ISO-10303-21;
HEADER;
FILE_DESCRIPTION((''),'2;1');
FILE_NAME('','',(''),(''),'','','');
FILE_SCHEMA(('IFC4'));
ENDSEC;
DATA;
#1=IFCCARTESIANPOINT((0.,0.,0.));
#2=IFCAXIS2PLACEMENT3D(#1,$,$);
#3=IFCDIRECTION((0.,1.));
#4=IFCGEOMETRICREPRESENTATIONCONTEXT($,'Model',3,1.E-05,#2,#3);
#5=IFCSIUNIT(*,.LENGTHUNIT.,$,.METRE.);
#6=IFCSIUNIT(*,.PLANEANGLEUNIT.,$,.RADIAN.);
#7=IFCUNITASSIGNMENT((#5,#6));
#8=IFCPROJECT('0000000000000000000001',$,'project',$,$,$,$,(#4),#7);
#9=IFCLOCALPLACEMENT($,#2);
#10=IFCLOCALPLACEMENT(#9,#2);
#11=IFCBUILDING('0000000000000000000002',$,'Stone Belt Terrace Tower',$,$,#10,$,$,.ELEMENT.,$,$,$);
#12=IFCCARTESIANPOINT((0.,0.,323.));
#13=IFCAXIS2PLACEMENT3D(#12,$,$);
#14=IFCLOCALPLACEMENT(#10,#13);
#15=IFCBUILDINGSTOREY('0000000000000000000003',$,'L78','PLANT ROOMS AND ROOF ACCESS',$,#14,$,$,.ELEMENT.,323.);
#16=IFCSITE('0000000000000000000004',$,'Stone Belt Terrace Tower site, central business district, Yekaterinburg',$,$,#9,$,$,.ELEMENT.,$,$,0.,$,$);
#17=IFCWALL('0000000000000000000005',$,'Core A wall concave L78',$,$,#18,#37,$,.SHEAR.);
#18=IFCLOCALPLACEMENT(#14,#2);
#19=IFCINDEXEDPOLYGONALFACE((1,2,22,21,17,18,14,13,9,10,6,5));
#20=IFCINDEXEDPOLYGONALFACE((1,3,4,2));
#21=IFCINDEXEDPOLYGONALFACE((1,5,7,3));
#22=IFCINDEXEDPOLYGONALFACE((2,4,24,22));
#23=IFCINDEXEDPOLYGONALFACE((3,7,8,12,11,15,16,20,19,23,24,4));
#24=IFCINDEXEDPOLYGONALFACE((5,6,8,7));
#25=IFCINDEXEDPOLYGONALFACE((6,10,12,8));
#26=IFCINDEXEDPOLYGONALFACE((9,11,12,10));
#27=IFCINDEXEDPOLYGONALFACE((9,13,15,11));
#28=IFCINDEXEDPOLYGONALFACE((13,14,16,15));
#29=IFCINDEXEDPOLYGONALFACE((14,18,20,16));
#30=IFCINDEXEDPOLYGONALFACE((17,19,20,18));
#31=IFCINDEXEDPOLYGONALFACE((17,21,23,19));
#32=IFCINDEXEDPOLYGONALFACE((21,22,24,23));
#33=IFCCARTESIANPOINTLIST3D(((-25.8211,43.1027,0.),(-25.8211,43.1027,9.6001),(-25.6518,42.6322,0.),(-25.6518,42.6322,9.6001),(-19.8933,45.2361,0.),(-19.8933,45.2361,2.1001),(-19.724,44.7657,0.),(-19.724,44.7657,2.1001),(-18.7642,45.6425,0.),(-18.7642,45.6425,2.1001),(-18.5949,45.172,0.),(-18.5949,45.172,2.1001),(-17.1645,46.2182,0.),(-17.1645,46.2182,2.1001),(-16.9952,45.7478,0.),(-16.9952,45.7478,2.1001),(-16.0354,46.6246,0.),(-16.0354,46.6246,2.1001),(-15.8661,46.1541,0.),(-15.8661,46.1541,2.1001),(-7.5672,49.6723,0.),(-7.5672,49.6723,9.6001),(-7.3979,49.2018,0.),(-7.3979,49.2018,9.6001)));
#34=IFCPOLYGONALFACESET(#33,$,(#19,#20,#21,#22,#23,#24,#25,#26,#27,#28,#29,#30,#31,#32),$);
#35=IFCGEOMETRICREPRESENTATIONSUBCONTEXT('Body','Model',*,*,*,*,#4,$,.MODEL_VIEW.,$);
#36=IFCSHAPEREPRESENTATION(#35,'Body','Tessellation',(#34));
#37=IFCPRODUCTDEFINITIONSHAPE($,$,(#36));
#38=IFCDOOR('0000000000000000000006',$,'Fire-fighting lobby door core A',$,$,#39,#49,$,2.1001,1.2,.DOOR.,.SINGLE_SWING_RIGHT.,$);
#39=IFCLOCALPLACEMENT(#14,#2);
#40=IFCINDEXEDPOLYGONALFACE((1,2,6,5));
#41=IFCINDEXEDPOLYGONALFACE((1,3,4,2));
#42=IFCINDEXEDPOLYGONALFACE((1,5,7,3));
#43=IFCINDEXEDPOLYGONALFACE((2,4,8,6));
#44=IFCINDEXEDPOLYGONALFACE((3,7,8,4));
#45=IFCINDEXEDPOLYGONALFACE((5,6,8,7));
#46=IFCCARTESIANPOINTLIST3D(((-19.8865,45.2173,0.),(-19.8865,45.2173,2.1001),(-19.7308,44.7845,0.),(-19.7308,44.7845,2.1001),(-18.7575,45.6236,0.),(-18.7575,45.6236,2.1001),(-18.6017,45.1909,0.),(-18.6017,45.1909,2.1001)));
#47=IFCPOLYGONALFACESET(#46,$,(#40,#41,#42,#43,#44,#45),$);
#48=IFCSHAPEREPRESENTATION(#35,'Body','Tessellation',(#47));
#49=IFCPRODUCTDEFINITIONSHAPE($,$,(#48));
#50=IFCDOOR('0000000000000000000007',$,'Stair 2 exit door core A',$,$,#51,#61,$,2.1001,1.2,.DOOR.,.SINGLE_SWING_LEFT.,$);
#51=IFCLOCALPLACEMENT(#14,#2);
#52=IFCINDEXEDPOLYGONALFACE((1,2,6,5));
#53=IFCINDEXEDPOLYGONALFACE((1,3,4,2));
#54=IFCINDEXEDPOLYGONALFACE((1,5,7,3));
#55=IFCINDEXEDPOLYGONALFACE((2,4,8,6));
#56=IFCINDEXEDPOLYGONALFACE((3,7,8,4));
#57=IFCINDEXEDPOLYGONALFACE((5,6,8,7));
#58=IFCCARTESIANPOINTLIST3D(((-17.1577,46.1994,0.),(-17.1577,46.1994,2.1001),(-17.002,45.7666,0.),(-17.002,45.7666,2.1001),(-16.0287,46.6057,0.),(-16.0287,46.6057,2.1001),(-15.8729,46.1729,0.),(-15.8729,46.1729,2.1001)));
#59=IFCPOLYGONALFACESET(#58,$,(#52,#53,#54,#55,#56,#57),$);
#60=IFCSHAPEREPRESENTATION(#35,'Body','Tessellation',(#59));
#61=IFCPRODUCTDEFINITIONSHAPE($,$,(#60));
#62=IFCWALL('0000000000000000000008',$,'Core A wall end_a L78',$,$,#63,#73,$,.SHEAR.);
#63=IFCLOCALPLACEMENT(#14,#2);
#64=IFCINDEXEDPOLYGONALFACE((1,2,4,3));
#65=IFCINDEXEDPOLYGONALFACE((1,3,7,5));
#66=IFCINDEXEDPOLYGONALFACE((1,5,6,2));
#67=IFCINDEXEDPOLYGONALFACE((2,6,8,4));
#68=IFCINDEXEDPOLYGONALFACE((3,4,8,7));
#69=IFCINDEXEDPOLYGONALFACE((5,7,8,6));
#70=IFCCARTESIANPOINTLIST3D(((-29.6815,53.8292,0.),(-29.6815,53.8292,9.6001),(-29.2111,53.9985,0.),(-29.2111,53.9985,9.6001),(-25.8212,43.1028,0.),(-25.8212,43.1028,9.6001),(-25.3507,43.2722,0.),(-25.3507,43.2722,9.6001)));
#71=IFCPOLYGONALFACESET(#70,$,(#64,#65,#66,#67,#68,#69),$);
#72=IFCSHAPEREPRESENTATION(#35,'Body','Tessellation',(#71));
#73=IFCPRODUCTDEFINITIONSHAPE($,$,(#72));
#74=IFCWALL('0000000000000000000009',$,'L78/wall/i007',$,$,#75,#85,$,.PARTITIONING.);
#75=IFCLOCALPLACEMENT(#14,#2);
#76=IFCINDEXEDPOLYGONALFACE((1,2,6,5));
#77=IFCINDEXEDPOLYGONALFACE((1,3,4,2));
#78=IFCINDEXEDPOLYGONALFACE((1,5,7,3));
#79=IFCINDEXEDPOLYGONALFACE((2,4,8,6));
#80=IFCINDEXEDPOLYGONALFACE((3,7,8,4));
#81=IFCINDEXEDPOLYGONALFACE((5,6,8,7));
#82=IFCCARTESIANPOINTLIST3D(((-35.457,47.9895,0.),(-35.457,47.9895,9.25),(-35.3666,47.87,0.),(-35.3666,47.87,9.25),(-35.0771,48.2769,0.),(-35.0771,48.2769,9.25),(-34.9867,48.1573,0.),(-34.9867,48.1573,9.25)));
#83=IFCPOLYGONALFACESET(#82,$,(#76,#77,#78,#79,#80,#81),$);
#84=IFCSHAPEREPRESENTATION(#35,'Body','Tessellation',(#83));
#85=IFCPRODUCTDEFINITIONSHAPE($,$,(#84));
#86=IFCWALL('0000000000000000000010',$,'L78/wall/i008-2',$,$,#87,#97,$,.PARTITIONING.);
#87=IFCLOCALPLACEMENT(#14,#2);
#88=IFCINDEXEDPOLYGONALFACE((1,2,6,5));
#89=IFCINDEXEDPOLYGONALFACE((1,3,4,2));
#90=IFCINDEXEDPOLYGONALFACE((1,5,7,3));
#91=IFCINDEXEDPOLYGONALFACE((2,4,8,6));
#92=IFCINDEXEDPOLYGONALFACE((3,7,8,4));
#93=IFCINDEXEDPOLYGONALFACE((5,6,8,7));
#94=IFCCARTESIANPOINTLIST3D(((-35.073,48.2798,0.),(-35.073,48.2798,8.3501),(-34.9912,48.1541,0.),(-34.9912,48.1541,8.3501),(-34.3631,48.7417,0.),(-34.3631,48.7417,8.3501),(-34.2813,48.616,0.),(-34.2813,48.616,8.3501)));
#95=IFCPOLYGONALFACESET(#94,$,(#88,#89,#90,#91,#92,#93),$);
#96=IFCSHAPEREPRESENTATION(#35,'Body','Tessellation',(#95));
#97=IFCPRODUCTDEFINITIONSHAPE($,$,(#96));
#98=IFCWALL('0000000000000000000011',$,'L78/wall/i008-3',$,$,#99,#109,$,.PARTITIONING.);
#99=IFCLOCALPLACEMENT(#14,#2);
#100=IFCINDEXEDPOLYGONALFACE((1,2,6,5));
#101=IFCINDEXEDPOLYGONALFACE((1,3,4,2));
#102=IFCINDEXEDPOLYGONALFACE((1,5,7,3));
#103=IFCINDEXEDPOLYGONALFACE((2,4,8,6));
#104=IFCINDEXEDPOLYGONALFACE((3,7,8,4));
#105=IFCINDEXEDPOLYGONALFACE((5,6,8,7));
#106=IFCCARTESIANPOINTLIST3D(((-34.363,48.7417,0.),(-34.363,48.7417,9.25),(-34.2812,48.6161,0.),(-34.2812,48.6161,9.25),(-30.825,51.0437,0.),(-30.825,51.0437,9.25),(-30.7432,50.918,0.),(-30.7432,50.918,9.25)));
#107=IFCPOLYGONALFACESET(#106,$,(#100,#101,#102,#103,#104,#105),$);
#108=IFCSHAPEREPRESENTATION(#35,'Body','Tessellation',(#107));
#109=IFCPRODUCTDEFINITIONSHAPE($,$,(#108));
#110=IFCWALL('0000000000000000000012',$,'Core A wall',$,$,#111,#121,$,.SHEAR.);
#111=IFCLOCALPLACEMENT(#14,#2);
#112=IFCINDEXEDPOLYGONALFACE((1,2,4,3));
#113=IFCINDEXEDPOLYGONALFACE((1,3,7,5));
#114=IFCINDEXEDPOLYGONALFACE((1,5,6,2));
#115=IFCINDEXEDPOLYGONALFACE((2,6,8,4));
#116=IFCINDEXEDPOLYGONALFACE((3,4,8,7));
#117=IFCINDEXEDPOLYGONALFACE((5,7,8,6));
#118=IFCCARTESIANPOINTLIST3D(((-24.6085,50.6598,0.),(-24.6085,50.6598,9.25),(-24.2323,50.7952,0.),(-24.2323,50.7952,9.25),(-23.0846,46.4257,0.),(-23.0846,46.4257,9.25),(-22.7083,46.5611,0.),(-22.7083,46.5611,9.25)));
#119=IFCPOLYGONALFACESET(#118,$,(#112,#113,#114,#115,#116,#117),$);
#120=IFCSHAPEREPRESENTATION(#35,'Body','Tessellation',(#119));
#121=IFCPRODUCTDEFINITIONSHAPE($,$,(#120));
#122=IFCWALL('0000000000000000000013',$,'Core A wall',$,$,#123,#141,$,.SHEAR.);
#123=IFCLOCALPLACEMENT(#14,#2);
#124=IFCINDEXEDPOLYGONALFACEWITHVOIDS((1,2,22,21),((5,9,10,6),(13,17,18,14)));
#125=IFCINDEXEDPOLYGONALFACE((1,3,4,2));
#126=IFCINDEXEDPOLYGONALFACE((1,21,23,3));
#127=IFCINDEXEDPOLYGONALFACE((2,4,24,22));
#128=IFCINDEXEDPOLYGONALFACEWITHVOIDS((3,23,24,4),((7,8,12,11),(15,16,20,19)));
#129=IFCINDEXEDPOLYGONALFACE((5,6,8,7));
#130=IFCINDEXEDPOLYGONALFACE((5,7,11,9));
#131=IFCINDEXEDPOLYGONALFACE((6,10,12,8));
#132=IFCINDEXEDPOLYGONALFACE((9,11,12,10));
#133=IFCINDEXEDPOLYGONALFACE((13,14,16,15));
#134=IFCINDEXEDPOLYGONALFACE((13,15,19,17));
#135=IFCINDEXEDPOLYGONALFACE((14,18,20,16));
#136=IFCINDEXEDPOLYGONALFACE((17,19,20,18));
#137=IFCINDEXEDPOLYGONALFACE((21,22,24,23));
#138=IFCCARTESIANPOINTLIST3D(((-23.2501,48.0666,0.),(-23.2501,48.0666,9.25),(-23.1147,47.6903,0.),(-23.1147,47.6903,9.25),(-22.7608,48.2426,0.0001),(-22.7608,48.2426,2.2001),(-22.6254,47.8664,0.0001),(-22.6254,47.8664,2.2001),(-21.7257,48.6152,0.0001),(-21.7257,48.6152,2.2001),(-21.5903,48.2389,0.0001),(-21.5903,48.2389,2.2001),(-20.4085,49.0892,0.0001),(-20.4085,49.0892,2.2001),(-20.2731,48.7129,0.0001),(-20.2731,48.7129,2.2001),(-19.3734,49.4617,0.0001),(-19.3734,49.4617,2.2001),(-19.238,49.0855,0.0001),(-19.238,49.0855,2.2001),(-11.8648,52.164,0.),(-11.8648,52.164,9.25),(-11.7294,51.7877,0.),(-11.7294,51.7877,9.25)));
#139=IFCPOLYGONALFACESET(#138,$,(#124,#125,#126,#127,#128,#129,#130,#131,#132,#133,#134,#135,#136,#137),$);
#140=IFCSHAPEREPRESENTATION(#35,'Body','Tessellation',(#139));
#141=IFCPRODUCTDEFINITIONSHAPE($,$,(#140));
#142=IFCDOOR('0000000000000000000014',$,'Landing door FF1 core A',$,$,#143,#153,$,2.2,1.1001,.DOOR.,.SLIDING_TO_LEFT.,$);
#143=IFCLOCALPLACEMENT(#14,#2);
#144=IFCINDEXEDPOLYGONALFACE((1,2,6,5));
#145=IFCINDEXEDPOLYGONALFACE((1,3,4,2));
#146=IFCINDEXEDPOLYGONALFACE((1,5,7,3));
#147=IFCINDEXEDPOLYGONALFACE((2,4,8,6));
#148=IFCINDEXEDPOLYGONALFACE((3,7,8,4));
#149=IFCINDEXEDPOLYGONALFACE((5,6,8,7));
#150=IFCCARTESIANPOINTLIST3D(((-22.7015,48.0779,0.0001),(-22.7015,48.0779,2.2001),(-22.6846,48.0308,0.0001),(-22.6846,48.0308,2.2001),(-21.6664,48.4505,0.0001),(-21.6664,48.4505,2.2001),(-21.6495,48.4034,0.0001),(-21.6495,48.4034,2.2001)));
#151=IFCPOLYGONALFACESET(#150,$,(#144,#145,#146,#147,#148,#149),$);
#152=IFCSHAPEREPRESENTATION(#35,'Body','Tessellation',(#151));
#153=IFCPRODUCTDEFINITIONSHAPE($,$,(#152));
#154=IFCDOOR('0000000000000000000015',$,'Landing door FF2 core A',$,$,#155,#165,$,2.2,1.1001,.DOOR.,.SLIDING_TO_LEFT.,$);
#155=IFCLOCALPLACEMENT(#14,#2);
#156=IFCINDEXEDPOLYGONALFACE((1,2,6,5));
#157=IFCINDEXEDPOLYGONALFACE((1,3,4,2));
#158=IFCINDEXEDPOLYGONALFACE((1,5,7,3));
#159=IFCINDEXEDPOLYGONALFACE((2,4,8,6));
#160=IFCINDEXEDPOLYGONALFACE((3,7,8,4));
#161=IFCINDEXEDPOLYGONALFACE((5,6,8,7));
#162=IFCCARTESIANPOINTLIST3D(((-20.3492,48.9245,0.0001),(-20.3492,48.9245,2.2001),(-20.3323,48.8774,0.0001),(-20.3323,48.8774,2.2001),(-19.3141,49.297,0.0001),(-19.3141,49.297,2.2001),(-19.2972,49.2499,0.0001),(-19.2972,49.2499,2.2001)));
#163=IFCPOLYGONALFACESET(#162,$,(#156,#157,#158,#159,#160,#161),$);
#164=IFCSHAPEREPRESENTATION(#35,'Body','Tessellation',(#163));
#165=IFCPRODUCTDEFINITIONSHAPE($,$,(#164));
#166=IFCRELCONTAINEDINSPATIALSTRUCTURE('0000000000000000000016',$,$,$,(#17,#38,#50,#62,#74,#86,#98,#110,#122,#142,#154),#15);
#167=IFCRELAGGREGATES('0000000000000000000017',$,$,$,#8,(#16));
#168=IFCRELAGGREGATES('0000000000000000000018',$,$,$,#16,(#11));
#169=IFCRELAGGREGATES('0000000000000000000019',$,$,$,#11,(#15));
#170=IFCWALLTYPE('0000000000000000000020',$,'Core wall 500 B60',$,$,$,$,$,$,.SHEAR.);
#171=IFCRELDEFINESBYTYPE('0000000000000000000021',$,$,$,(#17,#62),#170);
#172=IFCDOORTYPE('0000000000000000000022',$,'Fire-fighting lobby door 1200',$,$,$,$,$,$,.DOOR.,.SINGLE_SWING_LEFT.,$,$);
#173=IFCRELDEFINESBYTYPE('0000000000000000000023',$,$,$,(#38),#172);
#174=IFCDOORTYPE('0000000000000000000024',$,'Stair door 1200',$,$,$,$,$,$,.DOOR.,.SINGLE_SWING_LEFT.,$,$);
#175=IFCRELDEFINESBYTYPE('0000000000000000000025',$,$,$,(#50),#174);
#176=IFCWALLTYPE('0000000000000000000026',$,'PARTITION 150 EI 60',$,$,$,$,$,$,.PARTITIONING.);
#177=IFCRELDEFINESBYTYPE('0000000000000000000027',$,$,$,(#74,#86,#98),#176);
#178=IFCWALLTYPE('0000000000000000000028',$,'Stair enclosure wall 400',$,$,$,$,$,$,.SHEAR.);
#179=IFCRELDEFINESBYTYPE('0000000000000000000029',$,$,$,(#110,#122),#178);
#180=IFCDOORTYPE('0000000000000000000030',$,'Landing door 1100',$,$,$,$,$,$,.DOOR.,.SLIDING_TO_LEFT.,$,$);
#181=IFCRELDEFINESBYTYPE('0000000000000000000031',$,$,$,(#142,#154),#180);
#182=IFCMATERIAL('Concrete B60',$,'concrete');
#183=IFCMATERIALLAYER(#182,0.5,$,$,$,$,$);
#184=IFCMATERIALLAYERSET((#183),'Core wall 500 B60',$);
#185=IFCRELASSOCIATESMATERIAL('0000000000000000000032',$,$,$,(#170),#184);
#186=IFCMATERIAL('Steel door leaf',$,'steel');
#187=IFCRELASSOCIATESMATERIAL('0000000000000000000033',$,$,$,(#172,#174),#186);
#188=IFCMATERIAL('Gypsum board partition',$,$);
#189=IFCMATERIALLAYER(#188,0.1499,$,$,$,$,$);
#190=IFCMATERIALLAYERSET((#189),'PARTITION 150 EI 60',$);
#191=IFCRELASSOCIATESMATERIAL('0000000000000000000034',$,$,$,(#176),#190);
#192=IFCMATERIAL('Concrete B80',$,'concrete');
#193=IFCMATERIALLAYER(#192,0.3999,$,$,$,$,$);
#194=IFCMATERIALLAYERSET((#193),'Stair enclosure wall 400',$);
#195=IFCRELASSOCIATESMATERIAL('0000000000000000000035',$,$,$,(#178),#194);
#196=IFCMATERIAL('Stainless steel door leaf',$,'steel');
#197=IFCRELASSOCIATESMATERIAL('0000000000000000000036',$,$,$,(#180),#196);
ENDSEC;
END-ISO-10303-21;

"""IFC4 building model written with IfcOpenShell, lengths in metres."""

from ifc_helpers import new_model, si_unit, direction, frame, frame_2d, origin, place, context, subcontext, project, spatial, rectangle, extrude, material, layer, layer_set, type_object, element, fill, save


model = new_model("IFC4")

# Units and contexts
model_context = context("Model", 3, precision=1e-05, world=origin(), true_north=direction((0.0, 1.0)))
body_context = subcontext(model_context, "Body", "Model", "MODEL_VIEW")
ifc_project = project(units=[si_unit("LENGTHUNIT", "METRE"), si_unit("PLANEANGLEUNIT", "RADIAN")], contexts=[model_context])

# Site, building, storey
site_placement = place(None, origin())
site = spatial("IfcSite", under=ifc_project, at=site_placement, Name="Stone Belt Terrace Tower site, central business district, Yekaterinburg", CompositionType="ELEMENT", RefElevation=0.0)
building_placement = place(site_placement, origin())
building = spatial("IfcBuilding", under=site, at=building_placement, Name="Stone Belt Terrace Tower", CompositionType="ELEMENT")
storey_placement = place(building_placement, frame((0.0, 0.0, 323.0)))
storey = spatial("IfcBuildingStorey", under=building, at=storey_placement, Name="L78", Description="PLANT ROOMS AND ROOF ACCESS", CompositionType="ELEMENT", Elevation=323.0)

# Shared definitions
ifc_material_1 = material(Name="Concrete B60", Category="concrete")

# Shared definitions
ifc_material_2 = material(Name="Concrete B80", Category="concrete")

# Wall, openings, doors
ifc_layer_1 = layer(ifc_material_1, 0.5)
ifc_layer_set_1 = layer_set([ifc_layer_1], Name="Core wall 500 B60")
wall_type_1 = type_object("IfcWallType", Name="Core wall 500 B60", PredefinedType="SHEAR", material=ifc_layer_set_1)
wall_1_placement = place(storey_placement, frame((-25.7366, 42.8674, 0.0), z_axis=(0.0, 0.0, 1.0), x_axis=(0.940917, 0.338636, 0.0)))
wall_1 = element("IfcWall", 1, at=wall_1_placement, inside=storey, type_object=wall_type_1, Name="Core A wall concave L78", PredefinedType="SHEAR", context=body_context, shape_type="SweptSolid", body=[
    extrude(rectangle(XDim=19.4001, YDim=0.5, at=frame_2d((9.7002, 0.0))), origin(), (0.0, 0.0, 1.0), 9.6001),
])
opening_1_placement = place(wall_1_placement, frame((6.3, 0.0, 0.0)))
opening_1 = element("IfcOpeningElement", 2, at=opening_1_placement, cuts=wall_1, PredefinedType="OPENING", context=body_context, shape_type="SweptSolid", body=[
    extrude(rectangle(XDim=1.2, YDim=2.1001, at=frame_2d((0.6001, 1.05))), frame((0.0, 0.26, 0.0), z_axis=(0.0, -1.0, 0.0), x_axis=(1.0, 0.0, 0.0)), (0.0, 0.0, 1.0), 0.52),
])
opening_2_placement = place(wall_1_placement, frame((9.2002, 0.0, 0.0)))
opening_2 = element("IfcOpeningElement", 3, at=opening_2_placement, cuts=wall_1, PredefinedType="OPENING", context=body_context, shape_type="SweptSolid", body=[
    extrude(rectangle(XDim=1.2, YDim=2.1001, at=frame_2d((0.6001, 1.05))), frame((0.0, 0.26, 0.0), z_axis=(0.0, -1.0, 0.0), x_axis=(1.0, 0.0, 0.0)), (0.0, 0.0, 1.0), 0.52),
])
ifc_material_3 = material(Name="Steel door leaf", Category="steel")
door_type_1 = type_object("IfcDoorType", Name="Fire-fighting lobby door 1200", OperationType="SINGLE_SWING_LEFT", PredefinedType="DOOR", material=ifc_material_3)
door_1_placement = place(opening_1_placement, origin())
door_1 = element("IfcDoor", 4, at=door_1_placement, inside=storey, type_object=door_type_1, Name="Fire-fighting lobby door core A", OperationType="SINGLE_SWING_RIGHT", OverallHeight=2.1001, OverallWidth=1.2, PredefinedType="DOOR", context=body_context, shape_type="SweptSolid", body=[
    extrude(rectangle(XDim=1.2, YDim=2.1001, at=frame_2d((0.6001, 1.05))), frame((0.0, 0.23, 0.0), z_axis=(0.0, -1.0, 0.0), x_axis=(1.0, 0.0, 0.0)), (0.0, 0.0, 1.0), 0.46),
])
fill(opening_1, door_1)
door_type_2 = type_object("IfcDoorType", Name="Stair door 1200", OperationType="SINGLE_SWING_LEFT", PredefinedType="DOOR", material=ifc_material_3)
door_2_placement = place(opening_2_placement, origin())
door_2 = element("IfcDoor", 5, at=door_2_placement, inside=storey, type_object=door_type_2, Name="Stair 2 exit door core A", OperationType="SINGLE_SWING_LEFT", OverallHeight=2.1001, OverallWidth=1.2, PredefinedType="DOOR", context=body_context, shape_type="SweptSolid", body=[
    extrude(rectangle(XDim=1.2, YDim=2.1001, at=frame_2d((0.6001, 1.05))), frame((0.0, 0.23, 0.0), z_axis=(0.0, -1.0, 0.0), x_axis=(1.0, 0.0, 0.0)), (0.0, 0.0, 1.0), 0.46),
])
fill(opening_2, door_2)

# Walls
wall_2_placement = place(storey_placement, frame((-25.5859, 43.1875, 0.0), z_axis=(0.0, 0.0, 1.0), x_axis=(-0.338632, 0.940919, 0.0)))
element("IfcWall", 6, at=wall_2_placement, inside=storey, type_object=wall_type_1, Name="Core A wall end_a L78", PredefinedType="SHEAR", context=body_context, shape_type="SweptSolid", body=[
    extrude(rectangle(XDim=11.3999, YDim=0.5, at=frame_2d((5.7, 0.0))), origin(), (0.0, 0.0, 1.0), 9.6001),
])
ifc_material_4 = material(Name="Gypsum board partition")
ifc_layer_2 = layer(ifc_material_4, 0.1499)
ifc_layer_set_2 = layer_set([ifc_layer_2], Name="PARTITION 150 EI 60")
wall_type_2 = type_object("IfcWallType", Name="PARTITION 150 EI 60", PredefinedType="PARTITIONING", material=ifc_layer_set_2)
wall_3_placement = place(storey_placement, frame((-35.4119, 47.9297, 0.0), z_axis=(0.0, 0.0, 1.0), x_axis=(0.797533, 0.603275, 0.0)))
element("IfcWall", 7, at=wall_3_placement, inside=storey, type_object=wall_type_2, Name="L78/wall/i007", PredefinedType="PARTITIONING", context=body_context, shape_type="SweptSolid", body=[
    extrude(rectangle(XDim=0.4763, YDim=0.1499, at=frame_2d((0.2383, 0.0))), origin(), (0.0, 0.0, 1.0), 9.25),
])
wall_4_placement = place(storey_placement, frame((-35.032, 48.217, 0.0), z_axis=(0.0, 0.0, 1.0), x_axis=(0.838206, 0.545353, 0.0)))
element("IfcWall", 8, at=wall_4_placement, inside=storey, type_object=wall_type_2, Name="L78/wall/i008-2", PredefinedType="PARTITIONING", context=body_context, shape_type="SweptSolid", body=[
    extrude(rectangle(XDim=0.8469, YDim=0.1499, at=frame_2d((0.4233, 0.0))), origin(), (0.0, 0.0, 1.0), 8.3501),
])
wall_5_placement = place(storey_placement, frame((-34.322, 48.679, 0.0), z_axis=(0.0, 0.0, 1.0), x_axis=(0.8382, 0.545362, 0.0)))
element("IfcWall", 9, at=wall_5_placement, inside=storey, type_object=wall_type_2, Name="L78/wall/i008-3", PredefinedType="PARTITIONING", context=body_context, shape_type="SweptSolid", body=[
    extrude(rectangle(XDim=4.2209, YDim=0.1499, at=frame_2d((2.1104, 0.0))), origin(), (0.0, 0.0, 1.0), 9.25),
])
ifc_layer_3 = layer(ifc_material_2, 0.3999)
ifc_layer_set_3 = layer_set([ifc_layer_3], Name="Stair enclosure wall 400")
wall_type_3 = type_object("IfcWallType", Name="Stair enclosure wall 400", PredefinedType="SHEAR", material=ifc_layer_set_3)
wall_6_placement = place(storey_placement, frame((-22.8965, 46.4934, 0.0), z_axis=(0.0, 0.0, 1.0), x_axis=(-0.338648, 0.940913, 0.0)))
element("IfcWall", 10, at=wall_6_placement, inside=storey, type_object=wall_type_3, Name="Core A wall", PredefinedType="SHEAR", context=body_context, shape_type="SweptSolid", body=[
    extrude(rectangle(XDim=4.5, YDim=0.3999, at=frame_2d((2.25, 0.0))), origin(), (0.0, 0.0, 1.0), 9.25),
])

# Wall, openings, doors
wall_7_placement = place(storey_placement, frame((-23.1824, 47.8784, 0.0), z_axis=(0.0, 0.0, 1.0), x_axis=(0.940921, 0.338626, 0.0)))
wall_7 = element("IfcWall", 11, at=wall_7_placement, inside=storey, type_object=wall_type_3, Name="Core A wall", PredefinedType="SHEAR", context=body_context, shape_type="SweptSolid", body=[
    extrude(rectangle(XDim=12.1001, YDim=0.3999, at=frame_2d((6.05, 0.0))), origin(), (0.0, 0.0, 1.0), 9.25),
])
opening_3_placement = place(wall_7_placement, frame((0.52, 0.0, 0.0)))
opening_3 = element("IfcOpeningElement", 12, at=opening_3_placement, cuts=wall_7, PredefinedType="OPENING", context=body_context, shape_type="SweptSolid", body=[
    extrude(rectangle(XDim=1.1001, YDim=2.2, at=frame_2d((0.55, 1.1001))), frame((0.0, 0.21, 0.0), z_axis=(0.0, -1.0, 0.0), x_axis=(1.0, 0.0, 0.0)), (0.0, 0.0, 1.0), 0.4199),
])
opening_4_placement = place(wall_7_placement, frame((3.02, 0.0, 0.0)))
opening_4 = element("IfcOpeningElement", 13, at=opening_4_placement, cuts=wall_7, PredefinedType="OPENING", context=body_context, shape_type="SweptSolid", body=[
    extrude(rectangle(XDim=1.1001, YDim=2.2, at=frame_2d((0.55, 1.1001))), frame((0.0, 0.21, 0.0), z_axis=(0.0, -1.0, 0.0), x_axis=(1.0, 0.0, 0.0)), (0.0, 0.0, 1.0), 0.4199),
])
ifc_material_5 = material(Name="Stainless steel door leaf", Category="steel")
door_type_3 = type_object("IfcDoorType", Name="Landing door 1100", OperationType="SLIDING_TO_LEFT", PredefinedType="DOOR", material=ifc_material_5)
door_3_placement = place(opening_3_placement, origin())
door_3 = element("IfcDoor", 14, at=door_3_placement, inside=storey, type_object=door_type_3, Name="Landing door FF1 core A", OperationType="SLIDING_TO_LEFT", OverallHeight=2.2, OverallWidth=1.1001, PredefinedType="DOOR", context=body_context, shape_type="SweptSolid", body=[
    extrude(rectangle(XDim=1.1001, YDim=2.2, at=frame_2d((0.55, 1.1001))), frame((0.0, 0.0249, 0.0), z_axis=(0.0, -1.0, 0.0), x_axis=(1.0, 0.0, 0.0)), (0.0, 0.0, 1.0), 0.05),
])
fill(opening_3, door_3)
door_4_placement = place(opening_4_placement, origin())
door_4 = element("IfcDoor", 15, at=door_4_placement, inside=storey, type_object=door_type_3, Name="Landing door FF2 core A", OperationType="SLIDING_TO_LEFT", OverallHeight=2.2, OverallWidth=1.1001, PredefinedType="DOOR", context=body_context, shape_type="SweptSolid", body=[
    extrude(rectangle(XDim=1.1001, YDim=2.2, at=frame_2d((0.55, 1.1001))), frame((0.0, 0.0249, 0.0), z_axis=(0.0, -1.0, 0.0), x_axis=(1.0, 0.0, 0.0)), (0.0, 0.0, 1.0), 0.05),
])
fill(opening_4, door_4)

save(model, "model.ifc")
